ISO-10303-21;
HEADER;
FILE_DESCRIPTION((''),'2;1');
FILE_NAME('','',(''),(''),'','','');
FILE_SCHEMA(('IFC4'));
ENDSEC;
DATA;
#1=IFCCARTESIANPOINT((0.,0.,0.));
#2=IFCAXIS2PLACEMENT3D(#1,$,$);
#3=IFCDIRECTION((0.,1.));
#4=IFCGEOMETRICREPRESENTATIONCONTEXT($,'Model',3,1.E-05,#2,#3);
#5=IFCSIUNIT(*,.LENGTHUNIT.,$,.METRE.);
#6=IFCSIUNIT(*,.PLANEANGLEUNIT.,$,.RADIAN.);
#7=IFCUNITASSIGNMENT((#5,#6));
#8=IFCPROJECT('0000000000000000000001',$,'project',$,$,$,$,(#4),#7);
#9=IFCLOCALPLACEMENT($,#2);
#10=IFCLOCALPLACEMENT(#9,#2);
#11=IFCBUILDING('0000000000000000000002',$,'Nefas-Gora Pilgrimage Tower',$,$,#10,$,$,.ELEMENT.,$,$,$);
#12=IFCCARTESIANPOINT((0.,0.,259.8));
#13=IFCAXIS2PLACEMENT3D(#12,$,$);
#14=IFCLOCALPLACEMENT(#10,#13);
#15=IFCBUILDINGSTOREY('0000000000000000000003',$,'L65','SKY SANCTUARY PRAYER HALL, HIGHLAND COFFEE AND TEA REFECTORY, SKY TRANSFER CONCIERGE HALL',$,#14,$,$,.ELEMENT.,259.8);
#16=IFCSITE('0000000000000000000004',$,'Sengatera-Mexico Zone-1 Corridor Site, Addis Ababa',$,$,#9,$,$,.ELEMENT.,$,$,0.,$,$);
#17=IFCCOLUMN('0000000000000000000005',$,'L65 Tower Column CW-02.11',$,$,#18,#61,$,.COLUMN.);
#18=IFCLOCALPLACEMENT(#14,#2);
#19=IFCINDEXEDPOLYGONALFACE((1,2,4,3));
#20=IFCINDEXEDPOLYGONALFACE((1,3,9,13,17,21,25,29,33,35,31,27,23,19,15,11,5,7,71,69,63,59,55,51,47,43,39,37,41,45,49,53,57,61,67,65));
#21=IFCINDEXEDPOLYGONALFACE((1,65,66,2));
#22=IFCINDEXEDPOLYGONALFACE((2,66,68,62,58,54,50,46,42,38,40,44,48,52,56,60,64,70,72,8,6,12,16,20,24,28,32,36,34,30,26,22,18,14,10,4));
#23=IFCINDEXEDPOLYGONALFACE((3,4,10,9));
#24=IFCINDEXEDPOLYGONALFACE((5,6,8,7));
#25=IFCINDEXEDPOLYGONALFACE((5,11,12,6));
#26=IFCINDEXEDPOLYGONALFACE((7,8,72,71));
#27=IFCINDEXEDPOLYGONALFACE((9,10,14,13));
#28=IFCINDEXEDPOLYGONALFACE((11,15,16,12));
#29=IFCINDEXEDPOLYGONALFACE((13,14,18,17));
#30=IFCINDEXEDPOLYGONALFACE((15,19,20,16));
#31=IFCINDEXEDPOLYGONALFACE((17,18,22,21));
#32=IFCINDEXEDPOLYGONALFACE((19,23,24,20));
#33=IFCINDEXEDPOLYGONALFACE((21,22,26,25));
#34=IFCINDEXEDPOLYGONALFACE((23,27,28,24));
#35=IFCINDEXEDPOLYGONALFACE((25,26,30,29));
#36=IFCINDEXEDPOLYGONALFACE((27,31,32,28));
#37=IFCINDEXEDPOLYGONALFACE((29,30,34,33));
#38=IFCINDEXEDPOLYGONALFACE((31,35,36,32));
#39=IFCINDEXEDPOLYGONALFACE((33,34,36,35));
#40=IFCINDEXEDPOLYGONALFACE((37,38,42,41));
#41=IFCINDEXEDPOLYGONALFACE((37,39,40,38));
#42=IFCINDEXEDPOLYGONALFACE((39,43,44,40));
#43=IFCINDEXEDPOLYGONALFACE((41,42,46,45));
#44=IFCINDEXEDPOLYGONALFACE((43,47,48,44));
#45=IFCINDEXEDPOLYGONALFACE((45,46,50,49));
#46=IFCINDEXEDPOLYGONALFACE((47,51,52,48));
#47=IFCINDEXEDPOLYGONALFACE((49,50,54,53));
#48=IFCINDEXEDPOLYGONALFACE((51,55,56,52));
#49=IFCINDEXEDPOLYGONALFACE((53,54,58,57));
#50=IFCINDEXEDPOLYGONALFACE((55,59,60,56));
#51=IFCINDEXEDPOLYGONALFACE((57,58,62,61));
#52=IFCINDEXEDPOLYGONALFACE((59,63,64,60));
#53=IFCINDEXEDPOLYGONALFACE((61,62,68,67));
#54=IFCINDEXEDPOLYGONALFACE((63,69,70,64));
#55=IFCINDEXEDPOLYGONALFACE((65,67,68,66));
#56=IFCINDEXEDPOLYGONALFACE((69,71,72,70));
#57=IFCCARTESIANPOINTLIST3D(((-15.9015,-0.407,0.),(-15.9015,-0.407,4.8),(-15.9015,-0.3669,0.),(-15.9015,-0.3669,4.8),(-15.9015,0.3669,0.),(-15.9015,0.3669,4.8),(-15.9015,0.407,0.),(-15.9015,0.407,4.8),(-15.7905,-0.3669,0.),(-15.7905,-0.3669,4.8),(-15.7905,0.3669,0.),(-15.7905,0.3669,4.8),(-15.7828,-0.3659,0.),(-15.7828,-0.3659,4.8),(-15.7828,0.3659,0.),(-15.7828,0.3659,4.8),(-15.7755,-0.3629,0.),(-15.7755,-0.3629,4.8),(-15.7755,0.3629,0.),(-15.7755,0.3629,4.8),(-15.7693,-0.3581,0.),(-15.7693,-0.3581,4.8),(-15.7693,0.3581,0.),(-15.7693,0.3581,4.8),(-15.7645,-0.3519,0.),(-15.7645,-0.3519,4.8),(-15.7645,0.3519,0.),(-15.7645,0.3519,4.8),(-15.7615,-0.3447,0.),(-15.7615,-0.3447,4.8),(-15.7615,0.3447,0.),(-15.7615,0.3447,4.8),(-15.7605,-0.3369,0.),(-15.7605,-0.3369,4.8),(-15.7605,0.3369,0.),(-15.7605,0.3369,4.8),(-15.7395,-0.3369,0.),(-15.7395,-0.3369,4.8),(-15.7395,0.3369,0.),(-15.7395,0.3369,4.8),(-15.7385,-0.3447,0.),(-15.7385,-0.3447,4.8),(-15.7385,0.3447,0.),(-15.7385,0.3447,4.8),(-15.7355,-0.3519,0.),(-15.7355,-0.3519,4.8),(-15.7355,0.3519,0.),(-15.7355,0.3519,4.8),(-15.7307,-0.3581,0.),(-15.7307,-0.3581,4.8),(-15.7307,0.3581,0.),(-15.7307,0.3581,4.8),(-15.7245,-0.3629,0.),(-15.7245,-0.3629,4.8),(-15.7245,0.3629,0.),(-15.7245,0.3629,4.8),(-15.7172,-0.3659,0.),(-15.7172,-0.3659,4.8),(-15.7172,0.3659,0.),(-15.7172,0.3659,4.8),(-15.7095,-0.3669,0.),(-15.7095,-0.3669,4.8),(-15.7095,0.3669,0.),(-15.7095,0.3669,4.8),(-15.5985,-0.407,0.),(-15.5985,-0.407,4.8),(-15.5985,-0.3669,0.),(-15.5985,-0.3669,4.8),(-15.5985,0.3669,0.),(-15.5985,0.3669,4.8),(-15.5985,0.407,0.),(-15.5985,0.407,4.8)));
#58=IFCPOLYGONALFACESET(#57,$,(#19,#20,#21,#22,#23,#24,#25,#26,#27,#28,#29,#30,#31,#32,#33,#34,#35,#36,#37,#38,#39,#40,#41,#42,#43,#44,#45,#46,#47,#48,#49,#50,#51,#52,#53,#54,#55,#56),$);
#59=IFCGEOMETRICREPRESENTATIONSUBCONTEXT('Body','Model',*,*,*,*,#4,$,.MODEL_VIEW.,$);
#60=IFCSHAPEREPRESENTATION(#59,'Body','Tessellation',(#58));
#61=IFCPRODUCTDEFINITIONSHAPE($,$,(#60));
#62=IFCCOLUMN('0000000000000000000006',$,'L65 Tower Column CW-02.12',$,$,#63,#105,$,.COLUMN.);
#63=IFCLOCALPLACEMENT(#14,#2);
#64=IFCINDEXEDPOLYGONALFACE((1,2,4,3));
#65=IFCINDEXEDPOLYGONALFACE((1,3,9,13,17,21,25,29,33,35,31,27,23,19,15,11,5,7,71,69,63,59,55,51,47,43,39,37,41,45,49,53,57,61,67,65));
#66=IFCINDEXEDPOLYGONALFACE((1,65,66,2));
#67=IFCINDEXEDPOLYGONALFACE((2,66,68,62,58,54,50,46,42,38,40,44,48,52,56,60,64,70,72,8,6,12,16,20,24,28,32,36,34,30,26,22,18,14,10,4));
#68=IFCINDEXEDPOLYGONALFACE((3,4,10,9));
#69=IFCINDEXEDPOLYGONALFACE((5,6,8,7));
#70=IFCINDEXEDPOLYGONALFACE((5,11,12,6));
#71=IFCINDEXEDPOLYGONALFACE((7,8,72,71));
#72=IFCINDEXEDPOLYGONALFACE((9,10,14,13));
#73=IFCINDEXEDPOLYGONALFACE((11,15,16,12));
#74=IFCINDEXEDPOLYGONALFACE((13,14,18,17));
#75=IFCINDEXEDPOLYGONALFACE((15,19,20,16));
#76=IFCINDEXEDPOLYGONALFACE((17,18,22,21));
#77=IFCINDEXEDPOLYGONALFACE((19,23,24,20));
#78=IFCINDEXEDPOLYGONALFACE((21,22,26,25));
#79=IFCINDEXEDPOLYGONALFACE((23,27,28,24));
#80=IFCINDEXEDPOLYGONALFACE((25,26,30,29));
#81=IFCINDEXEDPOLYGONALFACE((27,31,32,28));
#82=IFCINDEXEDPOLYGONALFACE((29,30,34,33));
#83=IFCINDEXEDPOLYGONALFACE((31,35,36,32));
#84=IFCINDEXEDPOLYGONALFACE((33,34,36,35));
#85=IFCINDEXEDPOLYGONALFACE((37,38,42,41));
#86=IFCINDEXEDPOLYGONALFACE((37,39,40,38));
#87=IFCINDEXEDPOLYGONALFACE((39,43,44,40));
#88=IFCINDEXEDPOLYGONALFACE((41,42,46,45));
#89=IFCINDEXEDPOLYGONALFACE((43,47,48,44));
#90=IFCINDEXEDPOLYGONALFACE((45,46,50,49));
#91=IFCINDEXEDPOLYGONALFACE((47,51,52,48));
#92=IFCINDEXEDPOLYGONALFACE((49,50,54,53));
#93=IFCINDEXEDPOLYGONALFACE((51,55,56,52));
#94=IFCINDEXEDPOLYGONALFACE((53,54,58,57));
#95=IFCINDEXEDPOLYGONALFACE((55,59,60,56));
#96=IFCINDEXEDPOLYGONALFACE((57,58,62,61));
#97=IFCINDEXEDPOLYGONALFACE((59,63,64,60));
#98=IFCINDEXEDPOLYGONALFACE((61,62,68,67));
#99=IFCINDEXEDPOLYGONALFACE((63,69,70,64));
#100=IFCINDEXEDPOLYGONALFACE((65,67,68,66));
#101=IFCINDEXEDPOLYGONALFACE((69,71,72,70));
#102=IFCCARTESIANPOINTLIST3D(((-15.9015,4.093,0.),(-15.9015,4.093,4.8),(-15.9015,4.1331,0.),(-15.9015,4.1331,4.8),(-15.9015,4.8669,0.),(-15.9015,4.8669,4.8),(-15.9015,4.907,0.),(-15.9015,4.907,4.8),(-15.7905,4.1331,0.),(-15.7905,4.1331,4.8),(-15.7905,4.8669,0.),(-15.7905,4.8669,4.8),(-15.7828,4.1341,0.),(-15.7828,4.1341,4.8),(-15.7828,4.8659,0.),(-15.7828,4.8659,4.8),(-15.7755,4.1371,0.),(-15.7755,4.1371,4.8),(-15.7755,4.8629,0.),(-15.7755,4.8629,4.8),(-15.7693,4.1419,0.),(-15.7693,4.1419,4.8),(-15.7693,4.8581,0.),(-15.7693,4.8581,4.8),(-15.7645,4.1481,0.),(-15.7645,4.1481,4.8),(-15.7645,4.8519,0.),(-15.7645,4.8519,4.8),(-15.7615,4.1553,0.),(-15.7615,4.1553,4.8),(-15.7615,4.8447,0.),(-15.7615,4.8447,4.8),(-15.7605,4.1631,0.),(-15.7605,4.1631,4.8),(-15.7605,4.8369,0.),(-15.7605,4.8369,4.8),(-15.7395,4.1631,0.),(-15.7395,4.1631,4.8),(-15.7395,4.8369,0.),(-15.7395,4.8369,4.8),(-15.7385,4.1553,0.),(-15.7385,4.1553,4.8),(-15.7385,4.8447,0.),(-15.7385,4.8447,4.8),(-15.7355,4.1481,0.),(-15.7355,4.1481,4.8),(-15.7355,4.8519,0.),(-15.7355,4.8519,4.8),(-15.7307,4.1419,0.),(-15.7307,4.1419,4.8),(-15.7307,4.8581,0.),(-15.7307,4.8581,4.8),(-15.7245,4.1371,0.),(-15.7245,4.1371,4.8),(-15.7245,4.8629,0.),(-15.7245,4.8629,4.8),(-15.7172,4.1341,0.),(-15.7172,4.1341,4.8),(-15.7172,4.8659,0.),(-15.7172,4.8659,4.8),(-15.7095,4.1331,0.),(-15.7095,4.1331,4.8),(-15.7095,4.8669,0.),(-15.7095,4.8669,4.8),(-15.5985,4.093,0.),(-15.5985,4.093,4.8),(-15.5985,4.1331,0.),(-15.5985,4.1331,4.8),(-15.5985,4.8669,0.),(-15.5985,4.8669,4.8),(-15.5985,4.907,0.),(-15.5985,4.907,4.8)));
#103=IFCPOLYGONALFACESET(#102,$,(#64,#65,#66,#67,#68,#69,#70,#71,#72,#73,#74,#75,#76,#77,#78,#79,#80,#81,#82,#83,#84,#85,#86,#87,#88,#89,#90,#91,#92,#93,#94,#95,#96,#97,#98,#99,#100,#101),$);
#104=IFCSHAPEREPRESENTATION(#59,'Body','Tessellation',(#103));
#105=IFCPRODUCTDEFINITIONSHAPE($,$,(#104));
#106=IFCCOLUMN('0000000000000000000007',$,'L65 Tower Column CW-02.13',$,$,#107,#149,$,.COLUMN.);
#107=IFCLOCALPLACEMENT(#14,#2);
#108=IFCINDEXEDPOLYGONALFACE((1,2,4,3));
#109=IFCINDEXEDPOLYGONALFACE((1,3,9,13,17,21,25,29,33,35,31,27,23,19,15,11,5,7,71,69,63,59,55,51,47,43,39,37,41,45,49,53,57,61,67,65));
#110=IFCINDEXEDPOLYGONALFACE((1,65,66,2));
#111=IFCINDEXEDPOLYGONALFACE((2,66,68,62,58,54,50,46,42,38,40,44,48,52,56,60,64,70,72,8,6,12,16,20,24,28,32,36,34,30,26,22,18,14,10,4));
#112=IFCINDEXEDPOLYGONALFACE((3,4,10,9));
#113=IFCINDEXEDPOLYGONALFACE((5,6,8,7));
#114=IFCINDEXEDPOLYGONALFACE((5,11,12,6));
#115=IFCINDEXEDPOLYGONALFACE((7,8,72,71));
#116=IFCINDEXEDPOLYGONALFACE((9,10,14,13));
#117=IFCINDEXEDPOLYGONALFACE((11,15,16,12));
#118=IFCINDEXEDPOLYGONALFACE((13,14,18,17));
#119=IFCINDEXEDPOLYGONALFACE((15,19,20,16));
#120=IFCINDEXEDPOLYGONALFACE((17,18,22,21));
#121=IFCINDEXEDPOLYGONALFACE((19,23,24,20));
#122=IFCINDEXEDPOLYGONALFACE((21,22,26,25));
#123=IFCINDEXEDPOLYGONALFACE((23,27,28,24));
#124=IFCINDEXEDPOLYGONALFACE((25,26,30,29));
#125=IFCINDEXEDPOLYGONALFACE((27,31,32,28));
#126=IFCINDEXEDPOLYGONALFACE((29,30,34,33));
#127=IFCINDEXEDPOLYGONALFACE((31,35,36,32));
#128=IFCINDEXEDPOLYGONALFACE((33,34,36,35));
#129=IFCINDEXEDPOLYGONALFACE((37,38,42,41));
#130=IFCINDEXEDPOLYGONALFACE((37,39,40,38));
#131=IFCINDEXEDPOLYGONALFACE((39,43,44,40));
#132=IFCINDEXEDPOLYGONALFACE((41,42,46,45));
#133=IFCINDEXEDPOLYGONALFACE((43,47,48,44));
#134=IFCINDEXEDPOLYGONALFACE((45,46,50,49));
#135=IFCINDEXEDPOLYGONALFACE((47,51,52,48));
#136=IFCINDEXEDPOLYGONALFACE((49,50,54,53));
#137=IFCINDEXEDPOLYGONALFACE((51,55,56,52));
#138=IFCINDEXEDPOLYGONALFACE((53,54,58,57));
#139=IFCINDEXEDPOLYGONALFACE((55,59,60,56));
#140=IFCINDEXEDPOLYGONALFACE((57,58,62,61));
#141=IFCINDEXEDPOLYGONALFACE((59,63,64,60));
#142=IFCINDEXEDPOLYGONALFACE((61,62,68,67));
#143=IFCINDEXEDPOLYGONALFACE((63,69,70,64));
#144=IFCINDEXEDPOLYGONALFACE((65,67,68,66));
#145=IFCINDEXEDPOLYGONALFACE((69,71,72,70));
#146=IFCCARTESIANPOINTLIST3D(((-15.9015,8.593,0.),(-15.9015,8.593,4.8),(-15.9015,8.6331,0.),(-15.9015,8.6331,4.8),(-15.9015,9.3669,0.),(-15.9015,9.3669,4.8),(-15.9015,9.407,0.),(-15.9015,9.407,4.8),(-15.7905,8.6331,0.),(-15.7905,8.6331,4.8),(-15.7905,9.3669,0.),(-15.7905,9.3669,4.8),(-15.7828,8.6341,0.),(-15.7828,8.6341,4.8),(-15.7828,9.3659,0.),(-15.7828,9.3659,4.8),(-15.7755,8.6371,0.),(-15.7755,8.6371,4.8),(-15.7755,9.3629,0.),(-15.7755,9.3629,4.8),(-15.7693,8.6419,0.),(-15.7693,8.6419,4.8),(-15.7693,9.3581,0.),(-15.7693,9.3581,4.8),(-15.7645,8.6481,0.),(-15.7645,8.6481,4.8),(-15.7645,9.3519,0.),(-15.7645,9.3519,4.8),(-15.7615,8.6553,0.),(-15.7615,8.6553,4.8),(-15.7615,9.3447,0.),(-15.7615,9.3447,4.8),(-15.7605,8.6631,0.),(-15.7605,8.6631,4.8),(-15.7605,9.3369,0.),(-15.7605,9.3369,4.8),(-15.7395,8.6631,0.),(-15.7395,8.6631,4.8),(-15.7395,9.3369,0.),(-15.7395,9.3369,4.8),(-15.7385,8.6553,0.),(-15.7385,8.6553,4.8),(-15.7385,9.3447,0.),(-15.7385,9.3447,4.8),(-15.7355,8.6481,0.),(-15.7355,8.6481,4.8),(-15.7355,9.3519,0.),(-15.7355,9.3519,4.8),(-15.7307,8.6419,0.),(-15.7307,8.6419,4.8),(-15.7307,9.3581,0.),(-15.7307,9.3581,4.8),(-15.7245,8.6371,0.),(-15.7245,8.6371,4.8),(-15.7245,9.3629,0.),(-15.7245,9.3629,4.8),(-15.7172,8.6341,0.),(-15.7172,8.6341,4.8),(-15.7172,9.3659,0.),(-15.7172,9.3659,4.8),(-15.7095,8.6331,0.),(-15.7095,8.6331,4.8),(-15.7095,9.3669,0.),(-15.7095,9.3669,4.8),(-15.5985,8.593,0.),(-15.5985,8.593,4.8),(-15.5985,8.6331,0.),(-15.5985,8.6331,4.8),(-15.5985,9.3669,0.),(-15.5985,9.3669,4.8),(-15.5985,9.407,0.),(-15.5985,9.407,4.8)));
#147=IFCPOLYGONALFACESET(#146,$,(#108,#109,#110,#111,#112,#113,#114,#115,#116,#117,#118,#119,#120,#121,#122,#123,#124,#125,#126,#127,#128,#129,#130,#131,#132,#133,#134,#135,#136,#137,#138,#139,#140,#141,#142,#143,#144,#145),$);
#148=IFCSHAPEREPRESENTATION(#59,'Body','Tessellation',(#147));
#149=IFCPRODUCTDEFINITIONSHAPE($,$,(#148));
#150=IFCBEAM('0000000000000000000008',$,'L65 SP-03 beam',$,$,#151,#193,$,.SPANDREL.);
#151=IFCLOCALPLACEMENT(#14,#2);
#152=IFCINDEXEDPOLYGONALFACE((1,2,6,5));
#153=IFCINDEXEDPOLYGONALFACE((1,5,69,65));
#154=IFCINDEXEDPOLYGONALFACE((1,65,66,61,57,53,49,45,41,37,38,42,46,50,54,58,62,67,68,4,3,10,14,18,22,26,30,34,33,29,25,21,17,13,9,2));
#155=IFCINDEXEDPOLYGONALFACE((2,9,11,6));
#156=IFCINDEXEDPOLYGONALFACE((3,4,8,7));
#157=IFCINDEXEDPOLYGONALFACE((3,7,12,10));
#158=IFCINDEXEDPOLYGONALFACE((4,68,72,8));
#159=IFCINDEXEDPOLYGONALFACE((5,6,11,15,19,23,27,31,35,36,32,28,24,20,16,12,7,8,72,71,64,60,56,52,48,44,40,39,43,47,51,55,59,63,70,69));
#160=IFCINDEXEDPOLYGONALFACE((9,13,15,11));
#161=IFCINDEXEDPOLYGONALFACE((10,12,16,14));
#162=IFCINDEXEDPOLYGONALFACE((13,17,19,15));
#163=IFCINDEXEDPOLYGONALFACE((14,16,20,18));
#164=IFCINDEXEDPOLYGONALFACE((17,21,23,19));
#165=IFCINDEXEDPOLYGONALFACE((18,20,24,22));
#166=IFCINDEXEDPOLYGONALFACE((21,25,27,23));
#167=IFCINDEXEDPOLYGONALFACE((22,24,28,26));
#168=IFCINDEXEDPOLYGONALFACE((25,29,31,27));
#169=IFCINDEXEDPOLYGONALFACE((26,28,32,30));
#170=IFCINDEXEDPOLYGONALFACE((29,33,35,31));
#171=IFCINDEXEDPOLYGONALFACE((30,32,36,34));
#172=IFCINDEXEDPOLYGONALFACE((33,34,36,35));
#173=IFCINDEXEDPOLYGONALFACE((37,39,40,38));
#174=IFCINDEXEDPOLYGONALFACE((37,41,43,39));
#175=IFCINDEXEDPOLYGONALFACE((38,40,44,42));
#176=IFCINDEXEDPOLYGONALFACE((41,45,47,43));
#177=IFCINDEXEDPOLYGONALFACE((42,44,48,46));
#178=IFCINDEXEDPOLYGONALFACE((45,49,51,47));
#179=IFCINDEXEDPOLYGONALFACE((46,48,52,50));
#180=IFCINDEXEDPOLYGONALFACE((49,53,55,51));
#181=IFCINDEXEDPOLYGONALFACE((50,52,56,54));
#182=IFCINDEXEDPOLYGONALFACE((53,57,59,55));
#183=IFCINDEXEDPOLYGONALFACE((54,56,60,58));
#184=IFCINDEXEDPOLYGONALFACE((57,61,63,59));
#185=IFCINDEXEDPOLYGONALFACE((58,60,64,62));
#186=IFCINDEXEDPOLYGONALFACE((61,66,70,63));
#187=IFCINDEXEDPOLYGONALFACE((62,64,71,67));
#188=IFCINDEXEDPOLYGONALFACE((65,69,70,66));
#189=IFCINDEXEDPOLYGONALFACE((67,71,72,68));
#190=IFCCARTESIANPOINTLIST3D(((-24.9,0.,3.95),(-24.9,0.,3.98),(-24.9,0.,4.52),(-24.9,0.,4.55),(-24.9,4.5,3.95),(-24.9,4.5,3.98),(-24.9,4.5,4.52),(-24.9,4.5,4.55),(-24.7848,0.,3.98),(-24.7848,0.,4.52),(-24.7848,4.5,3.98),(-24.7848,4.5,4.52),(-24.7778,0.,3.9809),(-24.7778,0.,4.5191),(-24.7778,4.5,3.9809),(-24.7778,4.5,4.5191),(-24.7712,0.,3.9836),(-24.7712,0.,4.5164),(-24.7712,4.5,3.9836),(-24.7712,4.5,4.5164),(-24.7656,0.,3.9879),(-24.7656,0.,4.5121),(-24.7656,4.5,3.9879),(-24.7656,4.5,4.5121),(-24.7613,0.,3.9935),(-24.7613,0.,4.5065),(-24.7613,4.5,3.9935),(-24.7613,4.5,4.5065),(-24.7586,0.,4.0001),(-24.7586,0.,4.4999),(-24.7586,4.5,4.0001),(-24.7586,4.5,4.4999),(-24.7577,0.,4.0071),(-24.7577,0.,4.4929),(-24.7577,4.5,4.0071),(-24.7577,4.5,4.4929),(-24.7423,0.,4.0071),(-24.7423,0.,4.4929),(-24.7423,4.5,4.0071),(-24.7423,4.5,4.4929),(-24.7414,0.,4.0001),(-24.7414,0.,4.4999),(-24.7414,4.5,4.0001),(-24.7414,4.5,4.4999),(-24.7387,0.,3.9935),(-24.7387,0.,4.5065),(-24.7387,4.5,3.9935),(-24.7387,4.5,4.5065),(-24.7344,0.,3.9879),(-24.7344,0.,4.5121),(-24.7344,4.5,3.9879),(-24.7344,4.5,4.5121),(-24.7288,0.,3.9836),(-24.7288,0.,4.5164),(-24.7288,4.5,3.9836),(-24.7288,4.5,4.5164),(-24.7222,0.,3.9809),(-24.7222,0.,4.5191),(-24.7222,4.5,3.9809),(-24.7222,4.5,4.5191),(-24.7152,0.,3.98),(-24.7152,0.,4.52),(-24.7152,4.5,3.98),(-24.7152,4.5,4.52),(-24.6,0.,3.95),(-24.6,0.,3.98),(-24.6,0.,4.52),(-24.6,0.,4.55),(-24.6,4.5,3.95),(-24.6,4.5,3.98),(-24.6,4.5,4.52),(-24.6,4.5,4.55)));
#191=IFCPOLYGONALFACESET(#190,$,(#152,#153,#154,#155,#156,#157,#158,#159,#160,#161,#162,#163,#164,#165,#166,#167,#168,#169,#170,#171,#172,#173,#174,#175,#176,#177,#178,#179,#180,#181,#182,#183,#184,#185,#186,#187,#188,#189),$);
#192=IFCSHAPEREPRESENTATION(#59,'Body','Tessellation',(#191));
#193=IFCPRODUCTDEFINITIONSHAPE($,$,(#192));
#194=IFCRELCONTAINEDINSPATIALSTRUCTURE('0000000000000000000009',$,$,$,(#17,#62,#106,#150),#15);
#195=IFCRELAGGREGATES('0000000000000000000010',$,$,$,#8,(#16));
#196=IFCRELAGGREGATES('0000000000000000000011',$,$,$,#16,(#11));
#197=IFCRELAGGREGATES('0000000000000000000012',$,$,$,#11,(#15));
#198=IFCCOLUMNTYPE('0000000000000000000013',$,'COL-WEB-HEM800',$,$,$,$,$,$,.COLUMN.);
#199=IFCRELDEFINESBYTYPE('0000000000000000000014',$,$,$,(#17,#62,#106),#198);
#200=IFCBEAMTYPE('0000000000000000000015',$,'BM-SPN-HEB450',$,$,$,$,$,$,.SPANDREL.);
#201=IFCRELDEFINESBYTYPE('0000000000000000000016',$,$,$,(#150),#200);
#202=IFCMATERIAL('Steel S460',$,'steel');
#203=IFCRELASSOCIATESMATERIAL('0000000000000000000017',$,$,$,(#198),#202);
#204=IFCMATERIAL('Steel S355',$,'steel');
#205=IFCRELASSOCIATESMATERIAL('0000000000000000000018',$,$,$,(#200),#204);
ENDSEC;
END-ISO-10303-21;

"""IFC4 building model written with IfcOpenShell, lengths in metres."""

from ifc_helpers import new_model, si_unit, direction, frame, origin, origin_2d, place, context, subcontext, project, spatial, i_section, extrude, source, transform, mapped, material, material_profile, profile_set, type_object, element, save


model = new_model("IFC4")

# Units and contexts
model_context = context("Model", 3, precision=1e-05, world=origin(), true_north=direction((0.0, 1.0)))
body_context = subcontext(model_context, "Body", "Model", "MODEL_VIEW")
ifc_project = project(units=[si_unit("LENGTHUNIT", "METRE"), si_unit("PLANEANGLEUNIT", "RADIAN")], contexts=[model_context])

# Site, building, storey
site_placement = place(None, origin())
site = spatial("IfcSite", under=ifc_project, at=site_placement, Name="Sengatera-Mexico Zone-1 Corridor Site, Addis Ababa", CompositionType="ELEMENT", RefElevation=0.0)
building_placement = place(site_placement, origin())
building = spatial("IfcBuilding", under=site, at=building_placement, Name="Nefas-Gora Pilgrimage Tower", CompositionType="ELEMENT")
storey_placement = place(building_placement, frame((0.0, 0.0, 259.8)))
storey = spatial("IfcBuildingStorey", under=building, at=storey_placement, Name="L65", Description="SKY SANCTUARY PRAYER HALL, HIGHLAND COFFEE AND TEA REFECTORY, SKY TRANSFER CONCIERGE HALL", CompositionType="ELEMENT", Elevation=259.8)

# Columns
ifc_material_1 = material(Name="Steel S460", Category="steel")
ifc_material_profile_1 = material_profile(ifc_material_1, i_section(OverallWidth=0.303, OverallDepth=0.814, WebThickness=0.021, FlangeThickness=0.04, FilletRadius=0.03, at=origin_2d()), Name="HEM 800")
ifc_profile_set_1 = profile_set([ifc_material_profile_1], Name="Steel S460")
column_type_1 = type_object("IfcColumnType", Name="COL-WEB-HEM800", PredefinedType="COLUMN", material=ifc_profile_set_1)
shared_shape_1 = source(origin(), body_context, "Body", "SweptSolid", [
    extrude(i_section(OverallWidth=0.303, OverallDepth=0.814, WebThickness=0.021, FlangeThickness=0.04, FilletRadius=0.03, at=origin_2d()), origin(), (0.0, 0.0, 1.0), 4.8),
])
for number, where, z_axis, x_axis, name in (
    (1, (-15.75, 0.0, 0.0), (0.0, 0.0, 1.0), (1.0, 0.0, 0.0), "L65 Tower Column CW-02.11"),
    (2, (-15.75, 4.5, 0.0), (0.0, 0.0, 1.0), (1.0, 0.0, 0.0), "L65 Tower Column CW-02.12"),
    (3, (-15.75, 9.0, 0.0), (0.0, 0.0, 1.0), (1.0, 0.0, 0.0), "L65 Tower Column CW-02.13"),
):
    element("IfcColumn", number, at=place(storey_placement, frame(where, z_axis=z_axis, x_axis=x_axis)), inside=storey, type_object=column_type_1, Name=name, PredefinedType="COLUMN", context=body_context, shape_type="MappedRepresentation", body=[
        mapped(shared_shape_1, transform((0.0, 0.0, 0.0), x_axis=(1.0, 0.0, 0.0), y_axis=(0.0, 1.0, 0.0), z_axis=(0.0, 0.0, 1.0), scale=1.0)),
    ])

# Beam
ifc_material_2 = material(Name="Steel S355", Category="steel")
ifc_material_profile_2 = material_profile(ifc_material_2, i_section(OverallWidth=0.3, OverallDepth=0.6001, WebThickness=0.0154, FlangeThickness=0.03, FilletRadius=0.0271, at=origin_2d()), Name="HEB 600")
ifc_profile_set_2 = profile_set([ifc_material_profile_2], Name="Steel S355")
beam_type_1 = type_object("IfcBeamType", Name="BM-SPN-HEB450", PredefinedType="SPANDREL", material=ifc_profile_set_2)
shared_shape_2 = source(origin(), body_context, "Body", "SweptSolid", [
    extrude(i_section(OverallWidth=0.3, OverallDepth=0.6001, WebThickness=0.0154, FlangeThickness=0.03, FilletRadius=0.0271, at=origin_2d()), origin(), (0.0, 0.0, 1.0), 4.5),
])
for number, where, z_axis, x_axis, name in (
    (4, (-24.75, 0.0, 4.25), (0.0, 1.0, 0.0), (-1.0, 0.0, 0.0), "L65 SP-03 beam"),
):
    element("IfcBeam", number, at=place(storey_placement, frame(where, z_axis=z_axis, x_axis=x_axis)), inside=storey, type_object=beam_type_1, Name=name, PredefinedType="SPANDREL", context=body_context, shape_type="MappedRepresentation", body=[
        mapped(shared_shape_2, transform((0.0, 0.0, 0.0), x_axis=(1.0, 0.0, 0.0), y_axis=(0.0, 1.0, 0.0), z_axis=(0.0, 0.0, 1.0), scale=1.0)),
    ])

save(model, "model.ifc")
